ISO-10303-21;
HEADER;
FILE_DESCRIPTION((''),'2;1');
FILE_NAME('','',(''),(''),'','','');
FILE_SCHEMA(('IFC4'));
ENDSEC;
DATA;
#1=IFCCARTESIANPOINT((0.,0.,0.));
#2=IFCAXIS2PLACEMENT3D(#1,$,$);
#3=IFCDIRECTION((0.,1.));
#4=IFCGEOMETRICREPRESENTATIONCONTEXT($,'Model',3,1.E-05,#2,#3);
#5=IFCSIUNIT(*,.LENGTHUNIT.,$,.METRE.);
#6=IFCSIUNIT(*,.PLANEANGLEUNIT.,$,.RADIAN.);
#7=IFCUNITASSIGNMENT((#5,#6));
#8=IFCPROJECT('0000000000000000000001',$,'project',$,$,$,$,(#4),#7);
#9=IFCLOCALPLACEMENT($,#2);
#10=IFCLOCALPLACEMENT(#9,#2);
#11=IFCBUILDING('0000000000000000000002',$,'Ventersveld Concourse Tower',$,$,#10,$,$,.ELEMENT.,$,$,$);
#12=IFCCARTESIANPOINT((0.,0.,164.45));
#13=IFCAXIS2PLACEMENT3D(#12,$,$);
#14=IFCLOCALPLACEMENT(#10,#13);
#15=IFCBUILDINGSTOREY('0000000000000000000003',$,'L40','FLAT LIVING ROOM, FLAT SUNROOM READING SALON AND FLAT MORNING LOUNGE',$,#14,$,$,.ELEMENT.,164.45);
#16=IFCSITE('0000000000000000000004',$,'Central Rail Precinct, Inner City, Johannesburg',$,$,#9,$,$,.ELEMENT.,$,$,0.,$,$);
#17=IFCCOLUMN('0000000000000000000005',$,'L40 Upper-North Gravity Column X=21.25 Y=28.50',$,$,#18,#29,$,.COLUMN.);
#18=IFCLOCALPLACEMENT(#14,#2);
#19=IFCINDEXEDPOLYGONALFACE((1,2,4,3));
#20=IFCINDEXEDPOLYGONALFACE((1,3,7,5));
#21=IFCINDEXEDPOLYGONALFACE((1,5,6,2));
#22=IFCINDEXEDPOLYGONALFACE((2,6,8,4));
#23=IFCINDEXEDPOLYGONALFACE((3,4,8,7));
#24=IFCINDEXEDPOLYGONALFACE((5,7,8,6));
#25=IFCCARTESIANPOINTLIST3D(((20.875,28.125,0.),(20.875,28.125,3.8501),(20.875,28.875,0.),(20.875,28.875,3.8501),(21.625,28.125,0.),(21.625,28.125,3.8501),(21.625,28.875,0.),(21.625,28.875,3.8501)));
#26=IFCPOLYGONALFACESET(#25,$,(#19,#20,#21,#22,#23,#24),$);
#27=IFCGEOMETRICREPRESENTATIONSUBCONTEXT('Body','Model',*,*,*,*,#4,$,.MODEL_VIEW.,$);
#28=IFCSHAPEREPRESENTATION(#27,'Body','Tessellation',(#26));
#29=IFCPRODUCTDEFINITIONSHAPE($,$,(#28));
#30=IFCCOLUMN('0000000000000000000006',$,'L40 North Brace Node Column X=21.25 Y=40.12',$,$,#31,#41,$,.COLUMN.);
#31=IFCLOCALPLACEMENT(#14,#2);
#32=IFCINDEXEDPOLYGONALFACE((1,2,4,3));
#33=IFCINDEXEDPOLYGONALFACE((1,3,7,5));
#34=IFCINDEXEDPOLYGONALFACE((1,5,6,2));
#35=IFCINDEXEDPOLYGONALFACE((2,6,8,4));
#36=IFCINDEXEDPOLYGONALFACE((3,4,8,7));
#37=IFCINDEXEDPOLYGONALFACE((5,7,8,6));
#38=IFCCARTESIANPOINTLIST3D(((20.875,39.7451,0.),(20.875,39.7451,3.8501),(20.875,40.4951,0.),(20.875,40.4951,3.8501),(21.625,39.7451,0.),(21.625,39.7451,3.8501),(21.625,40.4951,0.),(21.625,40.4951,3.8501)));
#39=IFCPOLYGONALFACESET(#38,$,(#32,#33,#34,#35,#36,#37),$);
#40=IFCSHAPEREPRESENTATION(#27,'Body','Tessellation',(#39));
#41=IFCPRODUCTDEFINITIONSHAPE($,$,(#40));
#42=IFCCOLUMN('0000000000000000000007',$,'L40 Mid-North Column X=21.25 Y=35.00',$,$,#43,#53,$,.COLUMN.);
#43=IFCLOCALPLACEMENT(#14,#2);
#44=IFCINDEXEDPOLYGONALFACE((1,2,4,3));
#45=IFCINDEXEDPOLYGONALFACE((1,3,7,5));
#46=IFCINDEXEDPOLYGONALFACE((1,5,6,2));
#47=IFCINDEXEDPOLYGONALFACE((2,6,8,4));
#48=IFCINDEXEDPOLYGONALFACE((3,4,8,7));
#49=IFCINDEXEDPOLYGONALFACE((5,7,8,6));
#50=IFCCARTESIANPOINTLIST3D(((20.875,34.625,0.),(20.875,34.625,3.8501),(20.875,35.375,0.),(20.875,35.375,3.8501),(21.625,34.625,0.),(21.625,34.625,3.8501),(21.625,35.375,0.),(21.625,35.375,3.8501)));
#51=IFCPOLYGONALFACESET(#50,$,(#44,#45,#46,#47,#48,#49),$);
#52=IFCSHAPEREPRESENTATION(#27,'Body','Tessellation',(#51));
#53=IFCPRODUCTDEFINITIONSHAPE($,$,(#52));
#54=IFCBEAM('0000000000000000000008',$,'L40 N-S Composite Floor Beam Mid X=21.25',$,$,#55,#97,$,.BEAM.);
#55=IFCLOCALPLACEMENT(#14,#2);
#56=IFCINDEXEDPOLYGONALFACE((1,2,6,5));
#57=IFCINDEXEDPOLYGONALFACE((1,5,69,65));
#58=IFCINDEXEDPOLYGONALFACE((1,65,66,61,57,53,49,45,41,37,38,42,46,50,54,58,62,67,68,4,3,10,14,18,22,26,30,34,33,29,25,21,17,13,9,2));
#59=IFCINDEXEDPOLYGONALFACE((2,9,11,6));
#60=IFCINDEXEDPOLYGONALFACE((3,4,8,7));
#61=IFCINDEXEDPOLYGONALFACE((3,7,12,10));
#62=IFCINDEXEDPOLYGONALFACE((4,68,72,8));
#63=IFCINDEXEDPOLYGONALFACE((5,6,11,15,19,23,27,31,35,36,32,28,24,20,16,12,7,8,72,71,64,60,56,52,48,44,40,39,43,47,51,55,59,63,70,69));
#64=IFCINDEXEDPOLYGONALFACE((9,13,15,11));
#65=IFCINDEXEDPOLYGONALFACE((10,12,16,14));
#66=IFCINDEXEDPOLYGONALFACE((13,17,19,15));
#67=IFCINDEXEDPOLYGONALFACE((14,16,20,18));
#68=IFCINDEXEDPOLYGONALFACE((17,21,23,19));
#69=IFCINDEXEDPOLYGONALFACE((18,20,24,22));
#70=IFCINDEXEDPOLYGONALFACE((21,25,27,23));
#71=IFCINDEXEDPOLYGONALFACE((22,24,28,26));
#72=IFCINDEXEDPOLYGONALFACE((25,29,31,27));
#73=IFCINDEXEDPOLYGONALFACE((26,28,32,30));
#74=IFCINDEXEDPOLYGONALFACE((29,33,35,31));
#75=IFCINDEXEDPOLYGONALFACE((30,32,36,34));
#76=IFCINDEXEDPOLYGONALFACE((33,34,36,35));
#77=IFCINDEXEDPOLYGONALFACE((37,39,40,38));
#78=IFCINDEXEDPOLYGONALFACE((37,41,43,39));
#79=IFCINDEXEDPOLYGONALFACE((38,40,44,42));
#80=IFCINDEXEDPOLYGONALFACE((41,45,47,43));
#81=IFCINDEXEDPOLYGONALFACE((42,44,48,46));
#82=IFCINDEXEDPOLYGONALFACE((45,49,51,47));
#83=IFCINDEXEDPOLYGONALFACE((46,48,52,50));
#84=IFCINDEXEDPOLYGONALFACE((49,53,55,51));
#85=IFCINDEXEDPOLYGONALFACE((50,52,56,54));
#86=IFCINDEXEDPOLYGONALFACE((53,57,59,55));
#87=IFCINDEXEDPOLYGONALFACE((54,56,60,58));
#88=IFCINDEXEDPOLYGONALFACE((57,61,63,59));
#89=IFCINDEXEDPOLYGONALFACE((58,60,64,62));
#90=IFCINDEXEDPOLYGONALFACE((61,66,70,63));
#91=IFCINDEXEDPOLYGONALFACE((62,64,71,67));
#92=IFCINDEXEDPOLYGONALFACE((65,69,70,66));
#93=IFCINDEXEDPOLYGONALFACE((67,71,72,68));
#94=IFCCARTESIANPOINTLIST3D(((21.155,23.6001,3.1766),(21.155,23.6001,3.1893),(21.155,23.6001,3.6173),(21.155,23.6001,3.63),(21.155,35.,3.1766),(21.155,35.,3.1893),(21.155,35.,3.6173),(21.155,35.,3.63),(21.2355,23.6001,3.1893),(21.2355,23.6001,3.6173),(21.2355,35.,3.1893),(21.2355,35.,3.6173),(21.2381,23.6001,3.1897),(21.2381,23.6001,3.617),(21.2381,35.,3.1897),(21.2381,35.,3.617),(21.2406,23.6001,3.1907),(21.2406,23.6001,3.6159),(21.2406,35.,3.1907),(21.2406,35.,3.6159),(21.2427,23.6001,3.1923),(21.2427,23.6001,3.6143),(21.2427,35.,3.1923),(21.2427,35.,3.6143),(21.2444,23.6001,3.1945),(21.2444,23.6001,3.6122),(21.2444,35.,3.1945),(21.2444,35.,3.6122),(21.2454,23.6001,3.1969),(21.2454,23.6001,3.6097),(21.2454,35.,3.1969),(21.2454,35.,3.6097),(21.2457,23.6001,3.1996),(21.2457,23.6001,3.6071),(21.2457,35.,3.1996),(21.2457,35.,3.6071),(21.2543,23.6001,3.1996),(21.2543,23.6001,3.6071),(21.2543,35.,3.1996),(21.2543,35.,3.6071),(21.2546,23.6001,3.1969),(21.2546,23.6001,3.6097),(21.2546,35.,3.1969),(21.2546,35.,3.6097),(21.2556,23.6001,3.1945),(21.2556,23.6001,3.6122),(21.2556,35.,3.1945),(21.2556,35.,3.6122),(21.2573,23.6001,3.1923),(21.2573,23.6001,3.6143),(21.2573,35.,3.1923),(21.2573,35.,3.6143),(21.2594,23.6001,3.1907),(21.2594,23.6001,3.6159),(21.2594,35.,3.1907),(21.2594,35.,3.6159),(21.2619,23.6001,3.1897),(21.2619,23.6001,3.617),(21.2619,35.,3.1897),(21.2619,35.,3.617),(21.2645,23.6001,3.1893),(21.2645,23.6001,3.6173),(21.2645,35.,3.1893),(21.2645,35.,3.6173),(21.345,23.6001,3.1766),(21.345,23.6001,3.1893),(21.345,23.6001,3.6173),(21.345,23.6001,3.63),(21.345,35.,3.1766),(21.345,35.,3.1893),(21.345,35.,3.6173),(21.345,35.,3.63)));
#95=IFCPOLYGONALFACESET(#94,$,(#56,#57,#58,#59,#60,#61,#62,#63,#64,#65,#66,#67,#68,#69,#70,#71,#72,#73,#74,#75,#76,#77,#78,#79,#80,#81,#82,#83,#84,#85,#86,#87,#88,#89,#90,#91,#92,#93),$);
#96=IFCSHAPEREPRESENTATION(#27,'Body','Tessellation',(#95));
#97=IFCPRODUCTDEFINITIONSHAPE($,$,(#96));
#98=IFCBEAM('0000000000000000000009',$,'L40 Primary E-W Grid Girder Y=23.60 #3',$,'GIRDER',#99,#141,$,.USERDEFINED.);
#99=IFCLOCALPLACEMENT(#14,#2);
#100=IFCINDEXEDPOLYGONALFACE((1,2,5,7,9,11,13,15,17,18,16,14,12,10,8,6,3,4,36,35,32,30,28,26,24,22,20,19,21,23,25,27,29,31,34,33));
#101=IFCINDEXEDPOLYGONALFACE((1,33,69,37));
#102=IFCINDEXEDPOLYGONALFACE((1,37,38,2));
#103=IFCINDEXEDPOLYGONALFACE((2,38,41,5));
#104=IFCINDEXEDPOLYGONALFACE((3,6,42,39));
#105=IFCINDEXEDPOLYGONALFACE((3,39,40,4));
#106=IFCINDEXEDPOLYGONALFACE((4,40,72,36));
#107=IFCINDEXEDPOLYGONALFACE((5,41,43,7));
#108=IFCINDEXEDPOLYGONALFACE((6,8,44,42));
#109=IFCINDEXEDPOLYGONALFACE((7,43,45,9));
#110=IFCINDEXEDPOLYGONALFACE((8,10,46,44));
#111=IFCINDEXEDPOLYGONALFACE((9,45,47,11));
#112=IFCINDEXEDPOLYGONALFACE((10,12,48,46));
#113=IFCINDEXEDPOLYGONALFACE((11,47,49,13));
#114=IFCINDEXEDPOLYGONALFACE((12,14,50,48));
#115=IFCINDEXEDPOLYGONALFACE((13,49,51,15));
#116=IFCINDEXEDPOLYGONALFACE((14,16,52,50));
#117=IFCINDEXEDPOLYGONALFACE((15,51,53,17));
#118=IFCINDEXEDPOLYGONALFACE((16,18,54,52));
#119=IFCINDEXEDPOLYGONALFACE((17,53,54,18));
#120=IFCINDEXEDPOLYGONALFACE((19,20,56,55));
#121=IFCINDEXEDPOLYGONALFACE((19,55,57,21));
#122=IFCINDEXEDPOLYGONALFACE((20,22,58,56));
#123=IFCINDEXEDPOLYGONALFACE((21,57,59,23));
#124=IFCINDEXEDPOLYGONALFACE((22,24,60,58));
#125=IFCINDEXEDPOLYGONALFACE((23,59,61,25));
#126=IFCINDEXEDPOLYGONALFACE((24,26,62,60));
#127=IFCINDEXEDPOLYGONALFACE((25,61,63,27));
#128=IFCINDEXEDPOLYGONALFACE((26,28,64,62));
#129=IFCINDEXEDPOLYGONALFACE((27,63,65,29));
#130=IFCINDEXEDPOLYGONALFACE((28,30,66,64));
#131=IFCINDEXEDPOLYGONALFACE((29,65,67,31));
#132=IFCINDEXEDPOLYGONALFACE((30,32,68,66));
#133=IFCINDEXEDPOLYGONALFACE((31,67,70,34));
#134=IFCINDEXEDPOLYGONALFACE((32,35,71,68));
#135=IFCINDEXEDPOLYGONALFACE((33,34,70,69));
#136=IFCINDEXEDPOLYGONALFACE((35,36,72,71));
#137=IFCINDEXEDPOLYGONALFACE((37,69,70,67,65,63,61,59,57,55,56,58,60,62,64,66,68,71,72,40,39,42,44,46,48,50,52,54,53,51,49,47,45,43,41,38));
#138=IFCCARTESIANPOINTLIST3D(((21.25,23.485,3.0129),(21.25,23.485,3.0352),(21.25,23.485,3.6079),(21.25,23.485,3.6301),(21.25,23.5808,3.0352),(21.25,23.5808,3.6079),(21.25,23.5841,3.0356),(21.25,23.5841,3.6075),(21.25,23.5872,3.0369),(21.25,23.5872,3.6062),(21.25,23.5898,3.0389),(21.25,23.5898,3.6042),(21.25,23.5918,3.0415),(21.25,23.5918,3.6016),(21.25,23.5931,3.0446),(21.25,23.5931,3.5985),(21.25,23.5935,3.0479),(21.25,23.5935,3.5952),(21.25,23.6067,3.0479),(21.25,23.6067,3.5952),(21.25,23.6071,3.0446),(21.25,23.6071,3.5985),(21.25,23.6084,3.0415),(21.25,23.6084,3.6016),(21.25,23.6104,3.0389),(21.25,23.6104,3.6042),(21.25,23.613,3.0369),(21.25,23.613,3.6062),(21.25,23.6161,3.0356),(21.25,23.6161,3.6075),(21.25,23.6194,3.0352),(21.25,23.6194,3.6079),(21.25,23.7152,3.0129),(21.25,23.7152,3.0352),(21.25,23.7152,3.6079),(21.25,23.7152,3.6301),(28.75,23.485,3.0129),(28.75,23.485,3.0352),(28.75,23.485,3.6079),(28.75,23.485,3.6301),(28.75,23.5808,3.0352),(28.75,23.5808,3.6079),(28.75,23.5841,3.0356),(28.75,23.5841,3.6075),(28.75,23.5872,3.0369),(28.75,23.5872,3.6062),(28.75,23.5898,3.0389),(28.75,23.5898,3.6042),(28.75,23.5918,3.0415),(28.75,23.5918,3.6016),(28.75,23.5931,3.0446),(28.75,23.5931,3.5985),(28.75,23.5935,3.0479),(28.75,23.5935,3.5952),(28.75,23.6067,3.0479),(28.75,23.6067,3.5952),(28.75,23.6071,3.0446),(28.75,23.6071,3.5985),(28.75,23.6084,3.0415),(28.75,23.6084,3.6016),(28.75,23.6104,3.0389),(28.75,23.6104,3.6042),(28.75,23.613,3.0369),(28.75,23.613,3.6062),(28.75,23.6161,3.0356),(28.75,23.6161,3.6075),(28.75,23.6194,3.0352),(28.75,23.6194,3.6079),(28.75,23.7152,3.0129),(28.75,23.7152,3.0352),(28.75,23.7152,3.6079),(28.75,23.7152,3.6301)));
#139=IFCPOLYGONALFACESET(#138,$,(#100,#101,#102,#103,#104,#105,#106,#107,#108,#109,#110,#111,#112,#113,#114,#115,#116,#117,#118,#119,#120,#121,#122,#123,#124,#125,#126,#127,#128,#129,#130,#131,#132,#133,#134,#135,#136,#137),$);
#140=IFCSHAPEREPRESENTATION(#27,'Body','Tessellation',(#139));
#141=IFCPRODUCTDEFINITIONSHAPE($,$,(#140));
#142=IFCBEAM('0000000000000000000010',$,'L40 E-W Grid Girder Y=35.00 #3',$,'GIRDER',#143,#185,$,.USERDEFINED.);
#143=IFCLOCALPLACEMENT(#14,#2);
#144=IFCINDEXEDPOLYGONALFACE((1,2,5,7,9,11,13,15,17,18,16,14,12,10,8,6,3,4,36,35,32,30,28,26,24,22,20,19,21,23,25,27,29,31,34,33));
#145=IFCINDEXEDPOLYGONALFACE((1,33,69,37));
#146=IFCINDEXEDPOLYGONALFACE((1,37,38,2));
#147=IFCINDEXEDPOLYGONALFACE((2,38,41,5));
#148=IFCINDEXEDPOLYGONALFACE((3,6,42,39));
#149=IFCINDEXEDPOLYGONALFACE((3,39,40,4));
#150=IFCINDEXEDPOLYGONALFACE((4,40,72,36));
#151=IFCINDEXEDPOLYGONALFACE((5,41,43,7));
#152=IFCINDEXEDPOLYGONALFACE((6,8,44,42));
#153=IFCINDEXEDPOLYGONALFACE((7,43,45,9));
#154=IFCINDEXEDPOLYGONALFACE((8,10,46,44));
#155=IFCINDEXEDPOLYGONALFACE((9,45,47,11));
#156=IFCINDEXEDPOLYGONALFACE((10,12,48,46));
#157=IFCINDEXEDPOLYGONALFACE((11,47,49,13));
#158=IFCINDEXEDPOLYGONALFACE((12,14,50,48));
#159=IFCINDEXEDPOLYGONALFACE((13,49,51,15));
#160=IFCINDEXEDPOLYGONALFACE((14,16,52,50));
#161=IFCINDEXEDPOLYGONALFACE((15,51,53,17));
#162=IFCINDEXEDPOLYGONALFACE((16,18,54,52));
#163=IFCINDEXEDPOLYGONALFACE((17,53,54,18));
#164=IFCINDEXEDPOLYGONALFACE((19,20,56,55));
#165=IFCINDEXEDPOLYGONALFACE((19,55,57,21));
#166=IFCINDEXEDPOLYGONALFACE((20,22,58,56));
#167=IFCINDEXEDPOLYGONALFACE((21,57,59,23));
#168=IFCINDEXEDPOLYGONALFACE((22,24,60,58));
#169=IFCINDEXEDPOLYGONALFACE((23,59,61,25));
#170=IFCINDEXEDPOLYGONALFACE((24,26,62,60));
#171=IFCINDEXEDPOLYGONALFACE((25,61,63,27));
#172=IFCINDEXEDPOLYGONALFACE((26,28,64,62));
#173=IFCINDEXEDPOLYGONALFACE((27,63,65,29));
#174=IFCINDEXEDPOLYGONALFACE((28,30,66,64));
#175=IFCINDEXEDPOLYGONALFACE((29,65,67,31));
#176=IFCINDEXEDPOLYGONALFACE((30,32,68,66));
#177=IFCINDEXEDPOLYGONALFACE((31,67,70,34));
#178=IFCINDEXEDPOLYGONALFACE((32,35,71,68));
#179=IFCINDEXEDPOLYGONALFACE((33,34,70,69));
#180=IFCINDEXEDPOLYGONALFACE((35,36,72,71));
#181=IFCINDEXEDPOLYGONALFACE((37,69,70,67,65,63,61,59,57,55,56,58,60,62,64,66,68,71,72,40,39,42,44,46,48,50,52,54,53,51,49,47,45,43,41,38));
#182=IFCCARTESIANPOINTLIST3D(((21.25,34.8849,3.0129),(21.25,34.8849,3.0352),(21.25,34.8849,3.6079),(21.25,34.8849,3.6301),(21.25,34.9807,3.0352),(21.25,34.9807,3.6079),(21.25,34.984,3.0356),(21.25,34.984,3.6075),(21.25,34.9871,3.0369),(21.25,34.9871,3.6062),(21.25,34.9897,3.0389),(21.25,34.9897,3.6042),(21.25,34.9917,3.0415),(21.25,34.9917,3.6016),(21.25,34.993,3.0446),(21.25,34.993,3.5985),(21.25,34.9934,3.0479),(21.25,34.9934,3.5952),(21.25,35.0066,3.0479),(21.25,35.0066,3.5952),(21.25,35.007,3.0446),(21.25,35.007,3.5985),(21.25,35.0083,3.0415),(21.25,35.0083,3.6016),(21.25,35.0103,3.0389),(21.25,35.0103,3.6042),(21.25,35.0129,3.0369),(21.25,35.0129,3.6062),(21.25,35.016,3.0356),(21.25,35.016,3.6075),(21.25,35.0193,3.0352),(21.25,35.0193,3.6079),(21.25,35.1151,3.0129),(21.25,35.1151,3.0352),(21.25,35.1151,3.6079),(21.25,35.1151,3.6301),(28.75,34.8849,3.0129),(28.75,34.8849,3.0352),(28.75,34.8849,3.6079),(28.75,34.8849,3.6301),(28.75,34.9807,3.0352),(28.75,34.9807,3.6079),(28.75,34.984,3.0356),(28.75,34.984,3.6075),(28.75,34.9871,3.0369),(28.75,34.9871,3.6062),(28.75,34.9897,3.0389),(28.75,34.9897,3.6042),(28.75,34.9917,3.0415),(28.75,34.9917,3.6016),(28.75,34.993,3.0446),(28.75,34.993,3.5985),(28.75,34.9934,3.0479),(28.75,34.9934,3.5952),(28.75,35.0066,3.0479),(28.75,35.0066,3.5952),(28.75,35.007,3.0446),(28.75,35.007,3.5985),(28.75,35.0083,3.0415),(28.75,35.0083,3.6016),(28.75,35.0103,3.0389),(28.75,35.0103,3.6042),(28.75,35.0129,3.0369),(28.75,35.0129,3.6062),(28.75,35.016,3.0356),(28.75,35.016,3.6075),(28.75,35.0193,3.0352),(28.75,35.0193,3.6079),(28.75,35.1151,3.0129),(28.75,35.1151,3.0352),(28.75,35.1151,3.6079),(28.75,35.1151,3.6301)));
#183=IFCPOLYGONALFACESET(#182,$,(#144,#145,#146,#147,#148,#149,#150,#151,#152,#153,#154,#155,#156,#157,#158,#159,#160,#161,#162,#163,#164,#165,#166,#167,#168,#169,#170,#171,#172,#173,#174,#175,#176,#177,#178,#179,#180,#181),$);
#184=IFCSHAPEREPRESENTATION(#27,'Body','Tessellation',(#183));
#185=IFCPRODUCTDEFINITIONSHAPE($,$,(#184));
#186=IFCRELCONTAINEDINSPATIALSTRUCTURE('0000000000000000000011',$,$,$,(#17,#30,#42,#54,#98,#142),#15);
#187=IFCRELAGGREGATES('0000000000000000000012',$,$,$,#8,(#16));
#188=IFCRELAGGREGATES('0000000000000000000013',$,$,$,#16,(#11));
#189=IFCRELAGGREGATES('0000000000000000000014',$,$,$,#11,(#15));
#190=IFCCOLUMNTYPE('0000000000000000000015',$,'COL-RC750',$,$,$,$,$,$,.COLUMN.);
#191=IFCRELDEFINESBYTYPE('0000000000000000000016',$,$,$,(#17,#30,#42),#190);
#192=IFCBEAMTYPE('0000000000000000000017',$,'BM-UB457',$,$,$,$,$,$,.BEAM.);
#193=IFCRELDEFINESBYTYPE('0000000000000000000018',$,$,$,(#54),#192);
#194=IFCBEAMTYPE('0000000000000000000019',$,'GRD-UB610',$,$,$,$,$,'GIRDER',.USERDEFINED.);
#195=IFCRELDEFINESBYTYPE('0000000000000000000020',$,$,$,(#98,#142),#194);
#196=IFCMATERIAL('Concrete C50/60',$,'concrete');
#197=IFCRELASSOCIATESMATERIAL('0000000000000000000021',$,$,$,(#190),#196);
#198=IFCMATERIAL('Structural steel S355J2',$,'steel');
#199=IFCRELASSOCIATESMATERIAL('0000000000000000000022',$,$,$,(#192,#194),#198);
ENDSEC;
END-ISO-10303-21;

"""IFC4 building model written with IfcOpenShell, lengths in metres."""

from ifc_helpers import new_model, si_unit, direction, frame, origin, origin_2d, place, context, subcontext, project, spatial, rectangle, i_section, extrude, material, material_profile, profile_set, type_object, element, save


model = new_model("IFC4")

# Units and contexts
model_context = context("Model", 3, precision=1e-05, world=origin(), true_north=direction((0.0, 1.0)))
body_context = subcontext(model_context, "Body", "Model", "MODEL_VIEW")
ifc_project = project(units=[si_unit("LENGTHUNIT", "METRE"), si_unit("PLANEANGLEUNIT", "RADIAN")], contexts=[model_context])

# Site, building, storey
site_placement = place(None, origin())
site = spatial("IfcSite", under=ifc_project, at=site_placement, Name="Central Rail Precinct, Inner City, Johannesburg", CompositionType="ELEMENT", RefElevation=0.0)
building_placement = place(site_placement, origin())
building = spatial("IfcBuilding", under=site, at=building_placement, Name="Ventersveld Concourse Tower", CompositionType="ELEMENT")
storey_placement = place(building_placement, frame((0.0, 0.0, 164.45)))
storey = spatial("IfcBuildingStorey", under=building, at=storey_placement, Name="L40", Description="FLAT LIVING ROOM, FLAT SUNROOM READING SALON AND FLAT MORNING LOUNGE", CompositionType="ELEMENT", Elevation=164.45)

# Columns
ifc_material_1 = material(Name="Concrete C50/60", Category="concrete")
ifc_material_profile_1 = material_profile(ifc_material_1, rectangle(XDim=0.75, YDim=0.75, at=origin_2d()), Name="RC 750x750")
ifc_profile_set_1 = profile_set([ifc_material_profile_1], Name="Concrete C50/60")
column_type = type_object("IfcColumnType", Name="COL-RC750", PredefinedType="COLUMN", material=ifc_profile_set_1)
for number, where, z_axis, x_axis, name in (
    (1, (21.25, 28.5, 0.0), (0.0, 0.0, 1.0), (1.0, 0.0, 0.0), "L40 Upper-North Gravity Column X=21.25 Y=28.50"),
    (2, (21.25, 40.1201, 0.0), (0.0, 0.0, 1.0), (1.0, 0.0, 0.0), "L40 North Brace Node Column X=21.25 Y=40.12"),
    (3, (21.25, 35.0, 0.0), (0.0, 0.0, 1.0), (1.0, 0.0, 0.0), "L40 Mid-North Column X=21.25 Y=35.00"),
):
    element("IfcColumn", number, at=place(storey_placement, frame(where, z_axis=z_axis, x_axis=x_axis)), inside=storey, type_object=column_type, Name=name, PredefinedType="COLUMN", context=body_context, shape_type="SweptSolid", body=[
        extrude(rectangle(XDim=0.75, YDim=0.75, at=origin_2d()), origin(), (0.0, 0.0, 1.0), 3.8501),
    ])

# Beams
ifc_material_2 = material(Name="Structural steel S355J2", Category="steel")
ifc_material_profile_2 = material_profile(ifc_material_2, i_section(OverallWidth=0.1899, OverallDepth=0.4534, WebThickness=0.0085, FlangeThickness=0.0127, FilletRadius=0.0103, at=origin_2d()), Name="UB 457x191x67")
ifc_profile_set_2 = profile_set([ifc_material_profile_2], Name="Structural steel S355J2")
beam_type_1 = type_object("IfcBeamType", Name="BM-UB457", PredefinedType="BEAM", material=ifc_profile_set_2)
beam_1_placement = place(storey_placement, frame((21.25, 23.6001, 3.4033), z_axis=(0.0, 1.0, 0.0), x_axis=(-1.0, 0.0, 0.0)))
element("IfcBeam", 4, at=beam_1_placement, inside=storey, type_object=beam_type_1, Name="L40 N-S Composite Floor Beam Mid X=21.25", PredefinedType="BEAM", context=body_context, shape_type="SweptSolid", body=[
    extrude(i_section(OverallWidth=0.1899, OverallDepth=0.4534, WebThickness=0.0085, FlangeThickness=0.0127, FilletRadius=0.0103, at=origin_2d()), origin(), (0.0, 0.0, 1.0), 11.3999),
])
ifc_material_profile_3 = material_profile(ifc_material_2, i_section(OverallWidth=0.2302, OverallDepth=0.6172, WebThickness=0.0132, FlangeThickness=0.0222, FilletRadius=0.0127, at=origin_2d()), Name="UB 610x229x140")
ifc_profile_set_3 = profile_set([ifc_material_profile_3], Name="Structural steel S355J2")
beam_type_2 = type_object("IfcBeamType", Name="GRD-UB610", ElementType="GIRDER", PredefinedType="USERDEFINED", material=ifc_profile_set_3)
for number, where, z_axis, x_axis, name in (
    (5, (21.25, 23.6001, 3.3215), (1.0, 0.0, 0.0), (0.0, 1.0, 0.0), "L40 Primary E-W Grid Girder Y=23.60 #3"),
    (6, (21.25, 35.0, 3.3215), (1.0, 0.0, 0.0), (0.0, 1.0, 0.0), "L40 E-W Grid Girder Y=35.00 #3"),
):
    element("IfcBeam", number, at=place(storey_placement, frame(where, z_axis=z_axis, x_axis=x_axis)), inside=storey, type_object=beam_type_2, Name=name, ObjectType="GIRDER", PredefinedType="USERDEFINED", context=body_context, shape_type="SweptSolid", body=[
        extrude(i_section(OverallWidth=0.2302, OverallDepth=0.6172, WebThickness=0.0132, FlangeThickness=0.0222, FilletRadius=0.0127, at=origin_2d()), origin(), (0.0, 0.0, 1.0), 7.5),
    ])

save(model, "model.ifc")
